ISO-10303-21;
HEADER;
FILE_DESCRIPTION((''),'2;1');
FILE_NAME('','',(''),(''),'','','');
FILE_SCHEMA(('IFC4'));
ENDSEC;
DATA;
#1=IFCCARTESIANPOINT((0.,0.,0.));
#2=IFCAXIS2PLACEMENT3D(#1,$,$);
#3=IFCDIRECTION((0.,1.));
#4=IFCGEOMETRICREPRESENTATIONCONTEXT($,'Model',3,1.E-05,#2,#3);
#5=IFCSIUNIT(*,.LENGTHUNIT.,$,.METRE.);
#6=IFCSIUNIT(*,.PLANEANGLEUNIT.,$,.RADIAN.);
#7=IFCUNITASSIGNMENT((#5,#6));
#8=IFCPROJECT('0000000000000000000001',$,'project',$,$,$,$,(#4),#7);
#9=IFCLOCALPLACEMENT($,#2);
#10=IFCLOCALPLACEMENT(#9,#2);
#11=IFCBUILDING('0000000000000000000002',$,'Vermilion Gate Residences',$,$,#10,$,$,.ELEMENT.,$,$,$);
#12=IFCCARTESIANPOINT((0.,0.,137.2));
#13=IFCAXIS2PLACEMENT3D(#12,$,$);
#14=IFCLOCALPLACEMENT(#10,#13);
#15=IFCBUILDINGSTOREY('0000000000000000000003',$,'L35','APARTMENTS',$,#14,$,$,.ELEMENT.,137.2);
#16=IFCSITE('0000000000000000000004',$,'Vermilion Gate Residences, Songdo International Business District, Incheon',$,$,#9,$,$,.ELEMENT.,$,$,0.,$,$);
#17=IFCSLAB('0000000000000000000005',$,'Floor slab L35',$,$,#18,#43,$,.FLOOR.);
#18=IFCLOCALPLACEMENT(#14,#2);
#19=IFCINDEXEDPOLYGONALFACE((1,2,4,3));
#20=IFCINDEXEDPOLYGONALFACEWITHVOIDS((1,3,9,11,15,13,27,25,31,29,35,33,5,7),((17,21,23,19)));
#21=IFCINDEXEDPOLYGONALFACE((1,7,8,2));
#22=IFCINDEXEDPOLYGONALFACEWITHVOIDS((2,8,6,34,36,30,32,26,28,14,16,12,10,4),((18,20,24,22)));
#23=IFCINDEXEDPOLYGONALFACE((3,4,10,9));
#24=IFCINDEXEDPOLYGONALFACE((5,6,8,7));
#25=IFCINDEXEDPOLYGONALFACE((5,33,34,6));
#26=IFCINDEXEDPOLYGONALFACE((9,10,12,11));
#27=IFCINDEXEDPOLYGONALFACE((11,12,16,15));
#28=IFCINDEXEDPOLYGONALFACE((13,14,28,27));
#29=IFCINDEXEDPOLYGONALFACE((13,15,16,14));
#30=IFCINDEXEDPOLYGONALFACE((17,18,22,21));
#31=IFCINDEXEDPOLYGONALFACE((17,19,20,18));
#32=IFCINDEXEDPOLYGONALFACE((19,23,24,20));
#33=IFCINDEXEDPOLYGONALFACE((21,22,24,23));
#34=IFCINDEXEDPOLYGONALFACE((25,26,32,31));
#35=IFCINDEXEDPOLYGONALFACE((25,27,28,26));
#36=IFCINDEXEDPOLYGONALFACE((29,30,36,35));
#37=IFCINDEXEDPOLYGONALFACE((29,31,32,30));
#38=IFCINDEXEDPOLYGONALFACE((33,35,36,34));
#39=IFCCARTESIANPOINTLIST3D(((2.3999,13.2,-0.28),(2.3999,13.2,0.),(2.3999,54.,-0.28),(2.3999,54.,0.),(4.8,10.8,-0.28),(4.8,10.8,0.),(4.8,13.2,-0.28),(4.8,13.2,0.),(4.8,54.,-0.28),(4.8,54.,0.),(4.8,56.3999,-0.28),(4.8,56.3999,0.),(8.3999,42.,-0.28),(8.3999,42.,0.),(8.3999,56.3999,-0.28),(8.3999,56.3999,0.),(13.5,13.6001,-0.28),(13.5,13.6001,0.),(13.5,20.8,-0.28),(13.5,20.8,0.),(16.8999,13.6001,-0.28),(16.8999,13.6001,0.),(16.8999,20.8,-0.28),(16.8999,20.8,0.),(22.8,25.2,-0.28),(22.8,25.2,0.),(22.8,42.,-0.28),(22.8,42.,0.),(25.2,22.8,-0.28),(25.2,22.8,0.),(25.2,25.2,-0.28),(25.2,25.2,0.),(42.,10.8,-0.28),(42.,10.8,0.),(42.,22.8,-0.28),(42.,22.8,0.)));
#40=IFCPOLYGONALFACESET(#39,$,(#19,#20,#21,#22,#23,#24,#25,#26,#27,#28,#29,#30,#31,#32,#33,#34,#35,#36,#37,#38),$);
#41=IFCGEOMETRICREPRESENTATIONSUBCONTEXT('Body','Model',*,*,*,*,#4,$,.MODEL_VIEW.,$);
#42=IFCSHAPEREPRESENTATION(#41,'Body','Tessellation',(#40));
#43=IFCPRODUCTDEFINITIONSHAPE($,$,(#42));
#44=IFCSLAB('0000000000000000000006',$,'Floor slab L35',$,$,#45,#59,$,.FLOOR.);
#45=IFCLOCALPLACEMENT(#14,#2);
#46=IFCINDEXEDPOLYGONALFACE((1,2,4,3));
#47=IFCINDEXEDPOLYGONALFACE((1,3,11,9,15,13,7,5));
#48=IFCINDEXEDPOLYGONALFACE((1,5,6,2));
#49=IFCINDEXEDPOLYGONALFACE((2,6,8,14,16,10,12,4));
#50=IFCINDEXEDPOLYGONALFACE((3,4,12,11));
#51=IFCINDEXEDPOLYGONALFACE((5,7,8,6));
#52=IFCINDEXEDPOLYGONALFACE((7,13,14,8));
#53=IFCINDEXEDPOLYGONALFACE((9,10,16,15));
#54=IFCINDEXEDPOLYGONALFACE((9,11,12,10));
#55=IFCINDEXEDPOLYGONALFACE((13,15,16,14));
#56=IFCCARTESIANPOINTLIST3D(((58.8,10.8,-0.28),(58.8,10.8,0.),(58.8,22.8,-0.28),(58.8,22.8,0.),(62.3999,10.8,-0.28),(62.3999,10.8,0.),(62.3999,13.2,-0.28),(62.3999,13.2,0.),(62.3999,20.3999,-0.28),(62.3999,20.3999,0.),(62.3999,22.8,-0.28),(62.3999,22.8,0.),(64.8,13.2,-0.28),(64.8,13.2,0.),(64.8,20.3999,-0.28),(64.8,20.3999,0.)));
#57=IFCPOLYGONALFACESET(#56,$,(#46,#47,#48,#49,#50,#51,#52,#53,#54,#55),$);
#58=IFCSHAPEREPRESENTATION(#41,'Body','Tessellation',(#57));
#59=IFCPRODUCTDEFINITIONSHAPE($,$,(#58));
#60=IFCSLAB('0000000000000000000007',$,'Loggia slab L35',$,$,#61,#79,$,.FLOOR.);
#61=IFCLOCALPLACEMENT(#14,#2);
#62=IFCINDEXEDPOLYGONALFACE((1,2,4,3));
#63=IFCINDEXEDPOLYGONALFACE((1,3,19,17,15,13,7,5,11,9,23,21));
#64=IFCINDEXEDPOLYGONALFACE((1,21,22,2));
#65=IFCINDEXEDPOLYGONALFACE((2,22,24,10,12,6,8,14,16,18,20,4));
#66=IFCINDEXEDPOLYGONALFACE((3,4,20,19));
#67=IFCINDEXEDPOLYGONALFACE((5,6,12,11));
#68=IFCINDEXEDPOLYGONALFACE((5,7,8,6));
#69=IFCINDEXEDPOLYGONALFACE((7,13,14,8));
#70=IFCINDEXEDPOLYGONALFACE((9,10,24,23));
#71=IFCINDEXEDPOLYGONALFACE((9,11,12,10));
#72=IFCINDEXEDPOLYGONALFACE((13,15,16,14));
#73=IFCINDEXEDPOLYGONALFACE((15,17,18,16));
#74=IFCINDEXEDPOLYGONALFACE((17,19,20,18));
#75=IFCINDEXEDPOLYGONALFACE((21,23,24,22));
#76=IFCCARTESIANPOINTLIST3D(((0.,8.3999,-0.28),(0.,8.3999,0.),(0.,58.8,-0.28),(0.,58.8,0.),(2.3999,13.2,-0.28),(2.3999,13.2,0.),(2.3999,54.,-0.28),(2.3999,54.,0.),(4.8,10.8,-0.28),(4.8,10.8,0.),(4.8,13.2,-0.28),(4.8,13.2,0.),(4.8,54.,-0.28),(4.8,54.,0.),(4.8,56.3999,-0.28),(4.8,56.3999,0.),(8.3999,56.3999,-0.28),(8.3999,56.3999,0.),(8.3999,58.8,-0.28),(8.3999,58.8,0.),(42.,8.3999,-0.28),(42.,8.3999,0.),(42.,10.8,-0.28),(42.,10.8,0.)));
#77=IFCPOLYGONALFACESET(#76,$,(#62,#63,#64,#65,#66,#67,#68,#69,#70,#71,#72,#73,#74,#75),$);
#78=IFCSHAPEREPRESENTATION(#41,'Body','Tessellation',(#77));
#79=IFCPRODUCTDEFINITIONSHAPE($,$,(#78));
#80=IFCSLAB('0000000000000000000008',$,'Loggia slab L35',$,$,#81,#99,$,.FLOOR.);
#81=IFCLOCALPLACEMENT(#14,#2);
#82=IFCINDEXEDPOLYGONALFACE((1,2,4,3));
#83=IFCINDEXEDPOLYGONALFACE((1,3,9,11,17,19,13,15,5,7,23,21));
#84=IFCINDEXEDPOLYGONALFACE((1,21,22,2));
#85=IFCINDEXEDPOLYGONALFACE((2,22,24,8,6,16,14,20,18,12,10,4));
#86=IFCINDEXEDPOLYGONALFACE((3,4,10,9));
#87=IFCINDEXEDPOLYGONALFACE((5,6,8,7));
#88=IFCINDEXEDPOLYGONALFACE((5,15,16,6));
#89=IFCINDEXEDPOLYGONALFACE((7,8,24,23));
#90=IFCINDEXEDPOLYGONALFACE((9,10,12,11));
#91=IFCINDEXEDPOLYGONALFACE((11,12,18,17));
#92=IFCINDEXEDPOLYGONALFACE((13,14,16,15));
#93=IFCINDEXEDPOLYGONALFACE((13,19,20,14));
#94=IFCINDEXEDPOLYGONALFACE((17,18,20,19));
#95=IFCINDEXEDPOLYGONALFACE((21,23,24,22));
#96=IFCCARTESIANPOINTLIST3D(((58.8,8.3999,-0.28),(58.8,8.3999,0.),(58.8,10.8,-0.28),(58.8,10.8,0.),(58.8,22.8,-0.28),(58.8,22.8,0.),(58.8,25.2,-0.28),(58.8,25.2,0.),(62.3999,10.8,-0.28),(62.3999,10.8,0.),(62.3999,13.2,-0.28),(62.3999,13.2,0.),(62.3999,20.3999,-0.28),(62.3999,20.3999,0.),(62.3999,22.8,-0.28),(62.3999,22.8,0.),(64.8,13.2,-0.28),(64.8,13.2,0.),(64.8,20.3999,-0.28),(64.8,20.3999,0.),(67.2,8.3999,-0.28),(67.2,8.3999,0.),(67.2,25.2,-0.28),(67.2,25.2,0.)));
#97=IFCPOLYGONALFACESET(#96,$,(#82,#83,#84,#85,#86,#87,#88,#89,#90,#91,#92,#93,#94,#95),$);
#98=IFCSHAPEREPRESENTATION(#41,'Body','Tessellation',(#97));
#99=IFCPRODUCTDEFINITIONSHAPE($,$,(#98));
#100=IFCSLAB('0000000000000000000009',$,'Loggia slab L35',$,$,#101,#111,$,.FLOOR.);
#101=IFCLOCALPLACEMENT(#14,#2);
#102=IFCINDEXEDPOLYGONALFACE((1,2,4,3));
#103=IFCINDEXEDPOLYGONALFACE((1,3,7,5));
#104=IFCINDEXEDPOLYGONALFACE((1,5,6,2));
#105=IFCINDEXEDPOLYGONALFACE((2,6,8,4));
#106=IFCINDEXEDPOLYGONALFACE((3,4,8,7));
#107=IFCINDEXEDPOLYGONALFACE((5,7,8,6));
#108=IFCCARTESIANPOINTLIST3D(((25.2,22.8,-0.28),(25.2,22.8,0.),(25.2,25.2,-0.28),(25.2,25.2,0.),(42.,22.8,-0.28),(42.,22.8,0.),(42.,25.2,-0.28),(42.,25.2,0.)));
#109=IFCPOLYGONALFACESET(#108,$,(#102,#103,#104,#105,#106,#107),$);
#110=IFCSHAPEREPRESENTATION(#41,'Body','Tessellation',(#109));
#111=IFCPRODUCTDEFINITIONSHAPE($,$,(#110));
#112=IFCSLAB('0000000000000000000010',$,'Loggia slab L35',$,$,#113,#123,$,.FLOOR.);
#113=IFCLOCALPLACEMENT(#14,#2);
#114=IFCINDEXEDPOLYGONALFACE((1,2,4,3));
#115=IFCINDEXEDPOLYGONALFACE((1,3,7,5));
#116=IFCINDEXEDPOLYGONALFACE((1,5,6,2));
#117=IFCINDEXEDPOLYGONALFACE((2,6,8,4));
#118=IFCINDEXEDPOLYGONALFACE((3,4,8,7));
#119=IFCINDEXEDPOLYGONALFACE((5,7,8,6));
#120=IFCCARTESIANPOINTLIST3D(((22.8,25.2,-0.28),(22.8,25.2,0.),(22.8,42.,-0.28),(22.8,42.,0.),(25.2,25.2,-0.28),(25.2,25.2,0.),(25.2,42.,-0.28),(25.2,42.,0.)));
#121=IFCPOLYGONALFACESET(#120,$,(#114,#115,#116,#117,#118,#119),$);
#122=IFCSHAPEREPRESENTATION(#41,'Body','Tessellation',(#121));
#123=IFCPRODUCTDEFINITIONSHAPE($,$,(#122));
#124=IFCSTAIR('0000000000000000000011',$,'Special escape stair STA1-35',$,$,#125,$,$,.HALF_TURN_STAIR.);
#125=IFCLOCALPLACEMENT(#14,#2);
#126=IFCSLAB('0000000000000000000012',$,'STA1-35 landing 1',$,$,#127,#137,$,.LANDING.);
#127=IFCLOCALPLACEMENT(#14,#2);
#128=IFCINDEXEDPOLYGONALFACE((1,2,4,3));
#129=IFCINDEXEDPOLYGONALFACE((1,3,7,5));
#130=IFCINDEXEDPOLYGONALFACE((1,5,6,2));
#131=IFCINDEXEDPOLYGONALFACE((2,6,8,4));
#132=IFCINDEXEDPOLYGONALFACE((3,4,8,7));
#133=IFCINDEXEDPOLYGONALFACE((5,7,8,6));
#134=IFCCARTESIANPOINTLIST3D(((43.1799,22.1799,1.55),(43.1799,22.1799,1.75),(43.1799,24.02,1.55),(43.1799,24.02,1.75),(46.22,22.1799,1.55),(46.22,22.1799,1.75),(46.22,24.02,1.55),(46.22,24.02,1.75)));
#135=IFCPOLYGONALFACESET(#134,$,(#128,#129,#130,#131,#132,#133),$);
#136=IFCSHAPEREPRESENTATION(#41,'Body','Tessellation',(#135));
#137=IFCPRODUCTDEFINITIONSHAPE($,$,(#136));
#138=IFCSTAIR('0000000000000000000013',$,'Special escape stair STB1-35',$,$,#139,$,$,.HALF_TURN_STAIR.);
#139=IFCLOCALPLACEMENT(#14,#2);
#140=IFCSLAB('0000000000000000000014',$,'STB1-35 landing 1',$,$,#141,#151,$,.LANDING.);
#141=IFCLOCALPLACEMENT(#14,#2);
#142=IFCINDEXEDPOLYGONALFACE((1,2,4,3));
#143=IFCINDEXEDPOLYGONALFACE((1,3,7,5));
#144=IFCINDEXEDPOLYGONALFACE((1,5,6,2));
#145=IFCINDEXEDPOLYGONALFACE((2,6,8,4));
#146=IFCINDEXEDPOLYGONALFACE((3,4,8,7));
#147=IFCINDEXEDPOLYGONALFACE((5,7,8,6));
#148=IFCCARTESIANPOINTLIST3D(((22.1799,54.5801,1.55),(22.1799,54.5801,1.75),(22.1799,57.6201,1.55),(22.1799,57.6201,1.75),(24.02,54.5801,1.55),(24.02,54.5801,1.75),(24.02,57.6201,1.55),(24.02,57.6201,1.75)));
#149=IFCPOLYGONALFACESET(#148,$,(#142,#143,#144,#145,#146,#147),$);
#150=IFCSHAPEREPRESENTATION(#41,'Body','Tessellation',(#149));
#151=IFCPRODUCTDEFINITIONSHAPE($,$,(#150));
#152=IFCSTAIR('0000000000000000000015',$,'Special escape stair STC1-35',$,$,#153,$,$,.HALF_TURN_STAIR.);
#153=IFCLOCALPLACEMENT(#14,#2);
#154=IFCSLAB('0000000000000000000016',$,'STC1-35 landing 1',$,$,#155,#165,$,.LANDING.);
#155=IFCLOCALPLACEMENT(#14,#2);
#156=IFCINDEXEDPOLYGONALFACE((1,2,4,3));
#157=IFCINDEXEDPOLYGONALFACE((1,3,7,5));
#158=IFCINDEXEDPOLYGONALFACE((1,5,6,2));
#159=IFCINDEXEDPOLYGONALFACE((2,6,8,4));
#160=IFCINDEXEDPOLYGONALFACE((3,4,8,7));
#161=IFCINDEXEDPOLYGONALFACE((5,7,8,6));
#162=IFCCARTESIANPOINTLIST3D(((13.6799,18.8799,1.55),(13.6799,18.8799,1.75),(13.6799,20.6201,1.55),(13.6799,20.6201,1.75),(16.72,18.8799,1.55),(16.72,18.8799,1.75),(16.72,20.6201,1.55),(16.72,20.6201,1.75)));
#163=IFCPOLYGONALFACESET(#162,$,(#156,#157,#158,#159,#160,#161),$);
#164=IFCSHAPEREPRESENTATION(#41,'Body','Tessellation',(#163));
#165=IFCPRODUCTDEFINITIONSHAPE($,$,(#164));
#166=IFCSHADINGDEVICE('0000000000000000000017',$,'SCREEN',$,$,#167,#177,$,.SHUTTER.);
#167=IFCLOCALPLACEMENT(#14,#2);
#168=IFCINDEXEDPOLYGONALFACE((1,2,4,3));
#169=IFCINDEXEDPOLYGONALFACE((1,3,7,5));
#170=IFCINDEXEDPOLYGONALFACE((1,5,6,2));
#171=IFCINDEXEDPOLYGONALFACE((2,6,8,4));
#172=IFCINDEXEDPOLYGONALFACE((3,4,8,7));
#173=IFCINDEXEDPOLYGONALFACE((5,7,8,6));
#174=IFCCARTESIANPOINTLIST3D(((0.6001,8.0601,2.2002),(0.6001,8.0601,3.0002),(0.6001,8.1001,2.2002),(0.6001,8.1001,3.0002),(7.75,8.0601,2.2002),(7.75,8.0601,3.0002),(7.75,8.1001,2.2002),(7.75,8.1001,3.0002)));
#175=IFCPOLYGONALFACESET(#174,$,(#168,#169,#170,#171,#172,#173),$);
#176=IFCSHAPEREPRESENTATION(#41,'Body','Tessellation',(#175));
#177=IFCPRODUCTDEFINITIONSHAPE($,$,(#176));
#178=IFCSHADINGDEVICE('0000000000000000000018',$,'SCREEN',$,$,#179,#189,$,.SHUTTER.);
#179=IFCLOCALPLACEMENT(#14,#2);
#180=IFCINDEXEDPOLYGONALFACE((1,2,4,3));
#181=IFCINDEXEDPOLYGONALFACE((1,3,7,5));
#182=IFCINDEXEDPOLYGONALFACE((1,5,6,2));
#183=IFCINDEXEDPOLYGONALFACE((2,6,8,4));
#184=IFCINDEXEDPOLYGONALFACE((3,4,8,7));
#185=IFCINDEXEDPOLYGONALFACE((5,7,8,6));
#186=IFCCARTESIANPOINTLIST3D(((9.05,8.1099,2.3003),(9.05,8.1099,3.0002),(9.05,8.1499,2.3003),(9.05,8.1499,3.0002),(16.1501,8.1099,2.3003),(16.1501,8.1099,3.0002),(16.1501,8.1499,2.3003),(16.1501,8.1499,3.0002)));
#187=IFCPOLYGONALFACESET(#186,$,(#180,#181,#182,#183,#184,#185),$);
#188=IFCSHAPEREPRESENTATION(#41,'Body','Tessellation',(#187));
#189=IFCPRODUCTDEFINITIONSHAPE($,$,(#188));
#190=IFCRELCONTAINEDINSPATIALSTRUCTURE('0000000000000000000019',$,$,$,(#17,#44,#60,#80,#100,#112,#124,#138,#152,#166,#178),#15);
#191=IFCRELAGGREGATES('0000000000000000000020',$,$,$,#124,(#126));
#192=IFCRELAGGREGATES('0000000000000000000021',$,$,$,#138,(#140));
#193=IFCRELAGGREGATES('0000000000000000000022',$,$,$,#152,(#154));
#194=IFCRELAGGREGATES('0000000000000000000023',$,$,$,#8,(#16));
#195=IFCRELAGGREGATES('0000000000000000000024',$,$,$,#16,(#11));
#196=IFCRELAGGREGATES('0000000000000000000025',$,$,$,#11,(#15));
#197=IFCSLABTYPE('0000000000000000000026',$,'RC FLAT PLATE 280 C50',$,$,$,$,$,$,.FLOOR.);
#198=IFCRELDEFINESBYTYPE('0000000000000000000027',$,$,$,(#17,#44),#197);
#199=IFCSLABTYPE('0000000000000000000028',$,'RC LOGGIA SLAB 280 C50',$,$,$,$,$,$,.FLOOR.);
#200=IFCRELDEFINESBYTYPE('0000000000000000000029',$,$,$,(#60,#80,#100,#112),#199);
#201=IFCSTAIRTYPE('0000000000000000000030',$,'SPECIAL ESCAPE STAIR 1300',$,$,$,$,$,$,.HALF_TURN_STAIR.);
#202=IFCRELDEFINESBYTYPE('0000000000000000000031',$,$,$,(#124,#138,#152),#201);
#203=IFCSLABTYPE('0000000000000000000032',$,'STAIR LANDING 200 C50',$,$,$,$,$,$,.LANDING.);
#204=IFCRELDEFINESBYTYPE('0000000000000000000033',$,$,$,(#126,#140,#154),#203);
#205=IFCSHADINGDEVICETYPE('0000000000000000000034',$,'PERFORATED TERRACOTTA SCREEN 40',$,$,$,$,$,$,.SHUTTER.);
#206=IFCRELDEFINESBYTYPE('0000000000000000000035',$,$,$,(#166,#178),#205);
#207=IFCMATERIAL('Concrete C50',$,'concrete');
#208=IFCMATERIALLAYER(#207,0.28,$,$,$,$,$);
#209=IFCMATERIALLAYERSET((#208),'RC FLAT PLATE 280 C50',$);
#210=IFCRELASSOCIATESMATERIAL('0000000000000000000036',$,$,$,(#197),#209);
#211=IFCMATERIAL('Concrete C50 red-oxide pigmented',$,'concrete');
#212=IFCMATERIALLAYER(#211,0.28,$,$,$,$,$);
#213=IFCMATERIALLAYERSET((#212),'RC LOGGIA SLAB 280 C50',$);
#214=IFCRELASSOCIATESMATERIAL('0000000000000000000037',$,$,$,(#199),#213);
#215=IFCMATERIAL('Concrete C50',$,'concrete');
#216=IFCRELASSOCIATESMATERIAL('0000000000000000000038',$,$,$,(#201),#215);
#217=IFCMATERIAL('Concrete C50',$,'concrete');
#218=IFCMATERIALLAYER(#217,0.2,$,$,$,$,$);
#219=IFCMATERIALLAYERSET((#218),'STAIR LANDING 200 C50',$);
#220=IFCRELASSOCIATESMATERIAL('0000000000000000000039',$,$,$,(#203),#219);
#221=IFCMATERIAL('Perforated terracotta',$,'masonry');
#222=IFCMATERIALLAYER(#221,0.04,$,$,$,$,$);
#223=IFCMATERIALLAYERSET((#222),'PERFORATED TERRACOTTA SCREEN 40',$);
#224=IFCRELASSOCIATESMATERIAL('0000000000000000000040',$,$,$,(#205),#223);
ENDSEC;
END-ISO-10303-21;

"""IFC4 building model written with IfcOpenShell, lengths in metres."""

from ifc_helpers import new_model, si_unit, direction, frame, origin, origin_2d, place, context, subcontext, project, spatial, polyline, rectangle, outline, extrude, material, layer, layer_set, type_object, element, aggregate, save


model = new_model("IFC4")

# Units and contexts
model_context = context("Model", 3, precision=1e-05, world=origin(), true_north=direction((0.0, 1.0)))
body_context = subcontext(model_context, "Body", "Model", "MODEL_VIEW")
ifc_project = project(units=[si_unit("LENGTHUNIT", "METRE"), si_unit("PLANEANGLEUNIT", "RADIAN")], contexts=[model_context])

# Site, building, storey
site_placement = place(None, origin())
site = spatial("IfcSite", under=ifc_project, at=site_placement, Name="Vermilion Gate Residences, Songdo International Business District, Incheon", CompositionType="ELEMENT", RefElevation=0.0)
building_placement = place(site_placement, origin())
building = spatial("IfcBuilding", under=site, at=building_placement, Name="Vermilion Gate Residences", CompositionType="ELEMENT")
storey_placement = place(building_placement, frame((0.0, 0.0, 137.2)))
storey = spatial("IfcBuildingStorey", under=building, at=storey_placement, Name="L35", Description="APARTMENTS", CompositionType="ELEMENT", Elevation=137.2)

# Slabs
ifc_material_1 = material(Name="Concrete C50", Category="concrete")
ifc_layer_1 = layer(ifc_material_1, 0.28)
ifc_layer_set_1 = layer_set([ifc_layer_1], Name="RC FLAT PLATE 280 C50")
slab_type_1 = type_object("IfcSlabType", Name="RC FLAT PLATE 280 C50", PredefinedType="FLOOR", material=ifc_layer_set_1)
slab_1_placement = place(storey_placement, frame((0.0, 0.0, -0.28)))
element("IfcSlab", 1, at=slab_1_placement, inside=storey, type_object=slab_type_1, Name="Floor slab L35", PredefinedType="FLOOR", context=body_context, shape_type="SweptSolid", body=[
    extrude(outline(polyline([(22.8, 25.2), (22.8, 42.0), (8.3999, 42.0), (8.3999, 56.3999), (4.8, 56.3999), (4.8, 54.0), (2.3999, 54.0), (2.3999, 13.2), (4.8, 13.2), (4.8, 10.8), (42.0, 10.8), (42.0, 22.8), (25.2, 22.8), (25.2, 25.2), (22.8, 25.2)]), holes=[polyline([(13.5, 13.6001), (13.5, 20.8), (16.8999, 20.8), (16.8999, 13.6001), (13.5, 13.6001)])]), origin(), (0.0, 0.0, 1.0), 0.28),
])
slab_2_placement = place(storey_placement, frame((0.0, 0.0, -0.28)))
element("IfcSlab", 2, at=slab_2_placement, inside=storey, type_object=slab_type_1, Name="Floor slab L35", PredefinedType="FLOOR", context=body_context, shape_type="SweptSolid", body=[
    extrude(outline(polyline([(58.8, 22.8), (58.8, 10.8), (62.3999, 10.8), (62.3999, 13.2), (64.8, 13.2), (64.8, 20.3999), (62.3999, 20.3999), (62.3999, 22.8), (58.8, 22.8)])), origin(), (0.0, 0.0, 1.0), 0.28),
])
ifc_material_2 = material(Name="Concrete C50 red-oxide pigmented", Category="concrete")
ifc_layer_2 = layer(ifc_material_2, 0.28)
ifc_layer_set_2 = layer_set([ifc_layer_2], Name="RC LOGGIA SLAB 280 C50")
slab_type_2 = type_object("IfcSlabType", Name="RC LOGGIA SLAB 280 C50", PredefinedType="FLOOR", material=ifc_layer_set_2)
slab_3_placement = place(storey_placement, frame((0.0, 0.0, -0.28)))
element("IfcSlab", 3, at=slab_3_placement, inside=storey, type_object=slab_type_2, Name="Loggia slab L35", PredefinedType="FLOOR", context=body_context, shape_type="SweptSolid", body=[
    extrude(outline(polyline([(0.0, 58.8), (0.0, 8.3999), (42.0, 8.3999), (42.0, 10.8), (4.8, 10.8), (4.8, 13.2), (2.3999, 13.2), (2.3999, 54.0), (4.8, 54.0), (4.8, 56.3999), (8.3999, 56.3999), (8.3999, 58.8), (0.0, 58.8)])), origin(), (0.0, 0.0, 1.0), 0.28),
])
slab_4_placement = place(storey_placement, frame((0.0, 0.0, -0.28)))
element("IfcSlab", 4, at=slab_4_placement, inside=storey, type_object=slab_type_2, Name="Loggia slab L35", PredefinedType="FLOOR", context=body_context, shape_type="SweptSolid", body=[
    extrude(outline(polyline([(64.8, 20.3999), (64.8, 13.2), (62.3999, 13.2), (62.3999, 10.8), (58.8, 10.8), (58.8, 8.3999), (67.2, 8.3999), (67.2, 25.2), (58.8, 25.2), (58.8, 22.8), (62.3999, 22.8), (62.3999, 20.3999), (64.8, 20.3999)])), origin(), (0.0, 0.0, 1.0), 0.28),
])
slab_5_placement = place(storey_placement, frame((0.0, 0.0, -0.28)))
element("IfcSlab", 5, at=slab_5_placement, inside=storey, type_object=slab_type_2, Name="Loggia slab L35", PredefinedType="FLOOR", context=body_context, shape_type="SweptSolid", body=[
    extrude(outline(polyline([(25.2, 22.8), (42.0, 22.8), (42.0, 25.2), (25.2, 25.2), (25.2, 22.8)])), origin(), (0.0, 0.0, 1.0), 0.28),
])
slab_6_placement = place(storey_placement, frame((0.0, 0.0, -0.28)))
element("IfcSlab", 6, at=slab_6_placement, inside=storey, type_object=slab_type_2, Name="Loggia slab L35", PredefinedType="FLOOR", context=body_context, shape_type="SweptSolid", body=[
    extrude(outline(polyline([(25.2, 25.2), (25.2, 42.0), (22.8, 42.0), (22.8, 25.2), (25.2, 25.2)])), origin(), (0.0, 0.0, 1.0), 0.28),
])

# Stairs, slabs
ifc_material_3 = material(Name="Concrete C50", Category="concrete")
stair_type = type_object("IfcStairType", Name="SPECIAL ESCAPE STAIR 1300", PredefinedType="HALF_TURN_STAIR", material=ifc_material_3)
stair_1_placement = place(storey_placement, origin())
stair_1 = element("IfcStair", 7, at=stair_1_placement, inside=storey, type_object=stair_type, Name="Special escape stair STA1-35", PredefinedType="HALF_TURN_STAIR")
ifc_material_4 = material(Name="Concrete C50", Category="concrete")
ifc_layer_3 = layer(ifc_material_4, 0.2)
ifc_layer_set_3 = layer_set([ifc_layer_3], Name="STAIR LANDING 200 C50")
slab_type_3 = type_object("IfcSlabType", Name="STAIR LANDING 200 C50", PredefinedType="LANDING", material=ifc_layer_set_3)
slab_7_placement = place(storey_placement, frame((0.0, 0.0, 1.55)))
slab_7 = element("IfcSlab", 8, at=slab_7_placement, type_object=slab_type_3, Name="STA1-35 landing 1", PredefinedType="LANDING", context=body_context, shape_type="SweptSolid", body=[
    extrude(outline(polyline([(46.22, 22.1799), (46.22, 24.02), (43.1799, 24.02), (43.1799, 22.1799), (46.22, 22.1799)])), origin(), (0.0, 0.0, 1.0), 0.2),
])
aggregate(stair_1, [slab_7])
stair_2_placement = place(storey_placement, origin())
stair_2 = element("IfcStair", 9, at=stair_2_placement, inside=storey, type_object=stair_type, Name="Special escape stair STB1-35", PredefinedType="HALF_TURN_STAIR")
slab_8_placement = place(storey_placement, frame((0.0, 0.0, 1.55)))
slab_8 = element("IfcSlab", 10, at=slab_8_placement, type_object=slab_type_3, Name="STB1-35 landing 1", PredefinedType="LANDING", context=body_context, shape_type="SweptSolid", body=[
    extrude(outline(polyline([(24.02, 54.5801), (24.02, 57.6201), (22.1799, 57.6201), (22.1799, 54.5801), (24.02, 54.5801)])), origin(), (0.0, 0.0, 1.0), 0.2),
])
aggregate(stair_2, [slab_8])
stair_3_placement = place(storey_placement, origin())
stair_3 = element("IfcStair", 11, at=stair_3_placement, inside=storey, type_object=stair_type, Name="Special escape stair STC1-35", PredefinedType="HALF_TURN_STAIR")
slab_9_placement = place(storey_placement, frame((0.0, 0.0, 1.55)))
slab_9 = element("IfcSlab", 12, at=slab_9_placement, type_object=slab_type_3, Name="STC1-35 landing 1", PredefinedType="LANDING", context=body_context, shape_type="SweptSolid", body=[
    extrude(outline(polyline([(16.72, 18.8799), (16.72, 20.6201), (13.6799, 20.6201), (13.6799, 18.8799), (16.72, 18.8799)])), origin(), (0.0, 0.0, 1.0), 0.2),
])
aggregate(stair_3, [slab_9])

# Shading devices
ifc_material_5 = material(Name="Perforated terracotta", Category="masonry")
ifc_layer_4 = layer(ifc_material_5, 0.04)
ifc_layer_set_4 = layer_set([ifc_layer_4], Name="PERFORATED TERRACOTTA SCREEN 40")
shading_device_type_1 = type_object("IfcShadingDeviceType", Name="PERFORATED TERRACOTTA SCREEN 40", PredefinedType="SHUTTER", material=ifc_layer_set_4)
shading_device_1_placement = place(storey_placement, frame((4.175, 8.0801, 2.2002), z_axis=(0.0, 0.0, 1.0), x_axis=(1.0, 0.0, 0.0)))
element("IfcShadingDevice", 13, at=shading_device_1_placement, inside=storey, type_object=shading_device_type_1, Name="SCREEN", PredefinedType="SHUTTER", context=body_context, shape_type="SweptSolid", body=[
    extrude(rectangle(XDim=7.1499, YDim=0.04, at=origin_2d()), origin(), (0.0, 0.0, 1.0), 0.8),
])
shading_device_2_placement = place(storey_placement, frame((12.6001, 8.1299, 2.3003), z_axis=(0.0, 0.0, 1.0), x_axis=(1.0, 0.0, 0.0)))
element("IfcShadingDevice", 14, at=shading_device_2_placement, inside=storey, type_object=shading_device_type_1, Name="SCREEN", PredefinedType="SHUTTER", context=body_context, shape_type="SweptSolid", body=[
    extrude(rectangle(XDim=7.1001, YDim=0.04, at=origin_2d()), origin(), (0.0, 0.0, 1.0), 0.7),
])

save(model, "model.ifc")
